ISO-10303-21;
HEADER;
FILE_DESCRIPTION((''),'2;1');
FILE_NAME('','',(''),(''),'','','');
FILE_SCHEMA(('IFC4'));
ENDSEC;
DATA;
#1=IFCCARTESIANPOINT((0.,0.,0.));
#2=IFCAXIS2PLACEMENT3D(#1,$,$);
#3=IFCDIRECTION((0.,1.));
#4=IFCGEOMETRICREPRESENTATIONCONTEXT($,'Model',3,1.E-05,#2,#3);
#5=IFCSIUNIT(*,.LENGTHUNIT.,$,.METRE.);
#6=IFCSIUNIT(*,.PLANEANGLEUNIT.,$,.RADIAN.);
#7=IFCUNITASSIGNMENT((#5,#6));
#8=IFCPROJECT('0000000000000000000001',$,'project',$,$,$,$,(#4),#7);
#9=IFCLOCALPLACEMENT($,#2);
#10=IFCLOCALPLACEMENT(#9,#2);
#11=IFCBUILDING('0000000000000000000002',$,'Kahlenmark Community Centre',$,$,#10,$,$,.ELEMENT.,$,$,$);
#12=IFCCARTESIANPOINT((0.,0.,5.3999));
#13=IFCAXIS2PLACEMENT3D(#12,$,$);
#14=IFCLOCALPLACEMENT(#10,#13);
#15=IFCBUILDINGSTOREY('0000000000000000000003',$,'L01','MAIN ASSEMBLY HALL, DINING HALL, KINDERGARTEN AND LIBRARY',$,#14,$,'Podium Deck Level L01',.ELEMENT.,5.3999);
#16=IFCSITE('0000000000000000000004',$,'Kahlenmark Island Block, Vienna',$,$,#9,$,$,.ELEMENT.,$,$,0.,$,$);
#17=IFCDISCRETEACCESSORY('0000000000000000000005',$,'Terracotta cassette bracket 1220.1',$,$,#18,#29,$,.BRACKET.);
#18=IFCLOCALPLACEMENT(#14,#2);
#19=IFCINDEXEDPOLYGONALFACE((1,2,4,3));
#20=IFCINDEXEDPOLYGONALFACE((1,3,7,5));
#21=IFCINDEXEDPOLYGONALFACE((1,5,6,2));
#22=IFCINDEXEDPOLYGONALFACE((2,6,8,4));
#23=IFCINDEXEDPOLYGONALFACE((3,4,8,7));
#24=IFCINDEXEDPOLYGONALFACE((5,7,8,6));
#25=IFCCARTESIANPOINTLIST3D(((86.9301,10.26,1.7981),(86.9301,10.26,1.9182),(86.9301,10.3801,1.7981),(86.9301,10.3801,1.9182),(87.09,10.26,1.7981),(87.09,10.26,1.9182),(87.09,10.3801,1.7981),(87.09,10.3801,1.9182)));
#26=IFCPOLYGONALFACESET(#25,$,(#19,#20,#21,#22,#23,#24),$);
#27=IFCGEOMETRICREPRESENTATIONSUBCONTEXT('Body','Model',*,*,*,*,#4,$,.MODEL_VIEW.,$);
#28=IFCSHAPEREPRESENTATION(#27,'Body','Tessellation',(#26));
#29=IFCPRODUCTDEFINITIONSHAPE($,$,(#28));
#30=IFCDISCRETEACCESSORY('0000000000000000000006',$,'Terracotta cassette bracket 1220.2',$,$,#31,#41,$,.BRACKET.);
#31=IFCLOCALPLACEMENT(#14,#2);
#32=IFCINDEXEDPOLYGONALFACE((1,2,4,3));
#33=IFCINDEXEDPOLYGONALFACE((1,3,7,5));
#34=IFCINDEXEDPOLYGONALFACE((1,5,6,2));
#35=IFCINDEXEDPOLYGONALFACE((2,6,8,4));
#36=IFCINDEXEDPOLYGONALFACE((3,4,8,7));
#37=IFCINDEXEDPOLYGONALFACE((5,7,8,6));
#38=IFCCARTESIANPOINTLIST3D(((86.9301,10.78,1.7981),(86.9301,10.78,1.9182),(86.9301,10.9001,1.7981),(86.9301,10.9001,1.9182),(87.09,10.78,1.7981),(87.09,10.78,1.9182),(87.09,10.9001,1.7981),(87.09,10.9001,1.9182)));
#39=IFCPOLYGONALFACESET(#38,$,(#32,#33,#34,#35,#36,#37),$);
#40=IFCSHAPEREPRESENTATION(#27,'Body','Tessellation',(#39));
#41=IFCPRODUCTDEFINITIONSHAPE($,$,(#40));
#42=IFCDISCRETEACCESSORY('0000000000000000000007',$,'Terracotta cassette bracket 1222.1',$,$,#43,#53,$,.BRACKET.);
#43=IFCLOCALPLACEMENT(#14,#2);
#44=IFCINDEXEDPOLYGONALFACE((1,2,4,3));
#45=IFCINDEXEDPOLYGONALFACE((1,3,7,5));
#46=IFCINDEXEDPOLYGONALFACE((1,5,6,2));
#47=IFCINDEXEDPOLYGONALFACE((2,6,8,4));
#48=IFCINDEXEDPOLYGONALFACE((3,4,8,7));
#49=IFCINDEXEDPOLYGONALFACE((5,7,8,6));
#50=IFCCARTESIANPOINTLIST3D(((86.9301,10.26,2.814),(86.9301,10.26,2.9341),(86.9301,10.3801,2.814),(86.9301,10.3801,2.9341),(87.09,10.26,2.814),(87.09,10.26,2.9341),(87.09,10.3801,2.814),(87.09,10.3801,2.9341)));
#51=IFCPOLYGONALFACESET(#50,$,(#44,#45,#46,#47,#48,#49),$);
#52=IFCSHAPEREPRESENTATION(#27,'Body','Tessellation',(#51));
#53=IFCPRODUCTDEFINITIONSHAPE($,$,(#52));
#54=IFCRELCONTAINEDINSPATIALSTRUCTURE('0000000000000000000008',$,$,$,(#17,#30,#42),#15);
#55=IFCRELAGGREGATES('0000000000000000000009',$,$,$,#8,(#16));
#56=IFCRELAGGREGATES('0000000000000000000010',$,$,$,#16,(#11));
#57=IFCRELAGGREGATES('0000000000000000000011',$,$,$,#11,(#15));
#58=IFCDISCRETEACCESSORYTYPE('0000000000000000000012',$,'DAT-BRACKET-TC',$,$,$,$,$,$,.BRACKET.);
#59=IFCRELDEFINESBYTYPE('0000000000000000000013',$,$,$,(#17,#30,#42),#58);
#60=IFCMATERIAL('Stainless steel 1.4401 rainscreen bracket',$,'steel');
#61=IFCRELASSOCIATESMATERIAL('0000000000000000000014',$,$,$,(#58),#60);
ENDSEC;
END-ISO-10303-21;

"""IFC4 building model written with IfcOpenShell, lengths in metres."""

from ifc_helpers import new_model, si_unit, direction, frame, origin, origin_2d, place, context, subcontext, project, spatial, rectangle, extrude, material, type_object, element, save


model = new_model("IFC4")

# Units and contexts
model_context = context("Model", 3, precision=1e-05, world=origin(), true_north=direction((0.0, 1.0)))
body_context = subcontext(model_context, "Body", "Model", "MODEL_VIEW")
ifc_project = project(units=[si_unit("LENGTHUNIT", "METRE"), si_unit("PLANEANGLEUNIT", "RADIAN")], contexts=[model_context])

# Site, building, storey
site_placement = place(None, origin())
site = spatial("IfcSite", under=ifc_project, at=site_placement, Name="Kahlenmark Island Block, Vienna", CompositionType="ELEMENT", RefElevation=0.0)
building_placement = place(site_placement, origin())
building = spatial("IfcBuilding", under=site, at=building_placement, Name="Kahlenmark Community Centre", CompositionType="ELEMENT")
storey_placement = place(building_placement, frame((0.0, 0.0, 5.3999)))
storey = spatial("IfcBuildingStorey", under=building, at=storey_placement, Name="L01", Description="MAIN ASSEMBLY HALL, DINING HALL, KINDERGARTEN AND LIBRARY", LongName="Podium Deck Level L01", CompositionType="ELEMENT", Elevation=5.3999)

# Discrete accessories
ifc_material_1 = material(Name="Stainless steel 1.4401 rainscreen bracket", Category="steel")
discrete_accessory_type = type_object("IfcDiscreteAccessoryType", Name="DAT-BRACKET-TC", PredefinedType="BRACKET", material=ifc_material_1)
for number, where, z_axis, x_axis, name in (
    (1, (87.01, 10.3201, 1.7981), (0.0, 0.0, 1.0), (0.0, 1.0, 0.0), "Terracotta cassette bracket 1220.1"),
    (2, (87.01, 10.8401, 1.7981), (0.0, 0.0, 1.0), (0.0, 1.0, 0.0), "Terracotta cassette bracket 1220.2"),
    (3, (87.01, 10.3201, 2.814), (0.0, 0.0, 1.0), (0.0, 1.0, 0.0), "Terracotta cassette bracket 1222.1"),
):
    element("IfcDiscreteAccessory", number, at=place(storey_placement, frame(where, z_axis=z_axis, x_axis=x_axis)), inside=storey, type_object=discrete_accessory_type, Name=name, PredefinedType="BRACKET", context=body_context, shape_type="SweptSolid", body=[
        extrude(rectangle(XDim=0.1201, YDim=0.1599, at=origin_2d()), origin(), (0.0, 0.0, 1.0), 0.1201),
    ])

save(model, "model.ifc")
